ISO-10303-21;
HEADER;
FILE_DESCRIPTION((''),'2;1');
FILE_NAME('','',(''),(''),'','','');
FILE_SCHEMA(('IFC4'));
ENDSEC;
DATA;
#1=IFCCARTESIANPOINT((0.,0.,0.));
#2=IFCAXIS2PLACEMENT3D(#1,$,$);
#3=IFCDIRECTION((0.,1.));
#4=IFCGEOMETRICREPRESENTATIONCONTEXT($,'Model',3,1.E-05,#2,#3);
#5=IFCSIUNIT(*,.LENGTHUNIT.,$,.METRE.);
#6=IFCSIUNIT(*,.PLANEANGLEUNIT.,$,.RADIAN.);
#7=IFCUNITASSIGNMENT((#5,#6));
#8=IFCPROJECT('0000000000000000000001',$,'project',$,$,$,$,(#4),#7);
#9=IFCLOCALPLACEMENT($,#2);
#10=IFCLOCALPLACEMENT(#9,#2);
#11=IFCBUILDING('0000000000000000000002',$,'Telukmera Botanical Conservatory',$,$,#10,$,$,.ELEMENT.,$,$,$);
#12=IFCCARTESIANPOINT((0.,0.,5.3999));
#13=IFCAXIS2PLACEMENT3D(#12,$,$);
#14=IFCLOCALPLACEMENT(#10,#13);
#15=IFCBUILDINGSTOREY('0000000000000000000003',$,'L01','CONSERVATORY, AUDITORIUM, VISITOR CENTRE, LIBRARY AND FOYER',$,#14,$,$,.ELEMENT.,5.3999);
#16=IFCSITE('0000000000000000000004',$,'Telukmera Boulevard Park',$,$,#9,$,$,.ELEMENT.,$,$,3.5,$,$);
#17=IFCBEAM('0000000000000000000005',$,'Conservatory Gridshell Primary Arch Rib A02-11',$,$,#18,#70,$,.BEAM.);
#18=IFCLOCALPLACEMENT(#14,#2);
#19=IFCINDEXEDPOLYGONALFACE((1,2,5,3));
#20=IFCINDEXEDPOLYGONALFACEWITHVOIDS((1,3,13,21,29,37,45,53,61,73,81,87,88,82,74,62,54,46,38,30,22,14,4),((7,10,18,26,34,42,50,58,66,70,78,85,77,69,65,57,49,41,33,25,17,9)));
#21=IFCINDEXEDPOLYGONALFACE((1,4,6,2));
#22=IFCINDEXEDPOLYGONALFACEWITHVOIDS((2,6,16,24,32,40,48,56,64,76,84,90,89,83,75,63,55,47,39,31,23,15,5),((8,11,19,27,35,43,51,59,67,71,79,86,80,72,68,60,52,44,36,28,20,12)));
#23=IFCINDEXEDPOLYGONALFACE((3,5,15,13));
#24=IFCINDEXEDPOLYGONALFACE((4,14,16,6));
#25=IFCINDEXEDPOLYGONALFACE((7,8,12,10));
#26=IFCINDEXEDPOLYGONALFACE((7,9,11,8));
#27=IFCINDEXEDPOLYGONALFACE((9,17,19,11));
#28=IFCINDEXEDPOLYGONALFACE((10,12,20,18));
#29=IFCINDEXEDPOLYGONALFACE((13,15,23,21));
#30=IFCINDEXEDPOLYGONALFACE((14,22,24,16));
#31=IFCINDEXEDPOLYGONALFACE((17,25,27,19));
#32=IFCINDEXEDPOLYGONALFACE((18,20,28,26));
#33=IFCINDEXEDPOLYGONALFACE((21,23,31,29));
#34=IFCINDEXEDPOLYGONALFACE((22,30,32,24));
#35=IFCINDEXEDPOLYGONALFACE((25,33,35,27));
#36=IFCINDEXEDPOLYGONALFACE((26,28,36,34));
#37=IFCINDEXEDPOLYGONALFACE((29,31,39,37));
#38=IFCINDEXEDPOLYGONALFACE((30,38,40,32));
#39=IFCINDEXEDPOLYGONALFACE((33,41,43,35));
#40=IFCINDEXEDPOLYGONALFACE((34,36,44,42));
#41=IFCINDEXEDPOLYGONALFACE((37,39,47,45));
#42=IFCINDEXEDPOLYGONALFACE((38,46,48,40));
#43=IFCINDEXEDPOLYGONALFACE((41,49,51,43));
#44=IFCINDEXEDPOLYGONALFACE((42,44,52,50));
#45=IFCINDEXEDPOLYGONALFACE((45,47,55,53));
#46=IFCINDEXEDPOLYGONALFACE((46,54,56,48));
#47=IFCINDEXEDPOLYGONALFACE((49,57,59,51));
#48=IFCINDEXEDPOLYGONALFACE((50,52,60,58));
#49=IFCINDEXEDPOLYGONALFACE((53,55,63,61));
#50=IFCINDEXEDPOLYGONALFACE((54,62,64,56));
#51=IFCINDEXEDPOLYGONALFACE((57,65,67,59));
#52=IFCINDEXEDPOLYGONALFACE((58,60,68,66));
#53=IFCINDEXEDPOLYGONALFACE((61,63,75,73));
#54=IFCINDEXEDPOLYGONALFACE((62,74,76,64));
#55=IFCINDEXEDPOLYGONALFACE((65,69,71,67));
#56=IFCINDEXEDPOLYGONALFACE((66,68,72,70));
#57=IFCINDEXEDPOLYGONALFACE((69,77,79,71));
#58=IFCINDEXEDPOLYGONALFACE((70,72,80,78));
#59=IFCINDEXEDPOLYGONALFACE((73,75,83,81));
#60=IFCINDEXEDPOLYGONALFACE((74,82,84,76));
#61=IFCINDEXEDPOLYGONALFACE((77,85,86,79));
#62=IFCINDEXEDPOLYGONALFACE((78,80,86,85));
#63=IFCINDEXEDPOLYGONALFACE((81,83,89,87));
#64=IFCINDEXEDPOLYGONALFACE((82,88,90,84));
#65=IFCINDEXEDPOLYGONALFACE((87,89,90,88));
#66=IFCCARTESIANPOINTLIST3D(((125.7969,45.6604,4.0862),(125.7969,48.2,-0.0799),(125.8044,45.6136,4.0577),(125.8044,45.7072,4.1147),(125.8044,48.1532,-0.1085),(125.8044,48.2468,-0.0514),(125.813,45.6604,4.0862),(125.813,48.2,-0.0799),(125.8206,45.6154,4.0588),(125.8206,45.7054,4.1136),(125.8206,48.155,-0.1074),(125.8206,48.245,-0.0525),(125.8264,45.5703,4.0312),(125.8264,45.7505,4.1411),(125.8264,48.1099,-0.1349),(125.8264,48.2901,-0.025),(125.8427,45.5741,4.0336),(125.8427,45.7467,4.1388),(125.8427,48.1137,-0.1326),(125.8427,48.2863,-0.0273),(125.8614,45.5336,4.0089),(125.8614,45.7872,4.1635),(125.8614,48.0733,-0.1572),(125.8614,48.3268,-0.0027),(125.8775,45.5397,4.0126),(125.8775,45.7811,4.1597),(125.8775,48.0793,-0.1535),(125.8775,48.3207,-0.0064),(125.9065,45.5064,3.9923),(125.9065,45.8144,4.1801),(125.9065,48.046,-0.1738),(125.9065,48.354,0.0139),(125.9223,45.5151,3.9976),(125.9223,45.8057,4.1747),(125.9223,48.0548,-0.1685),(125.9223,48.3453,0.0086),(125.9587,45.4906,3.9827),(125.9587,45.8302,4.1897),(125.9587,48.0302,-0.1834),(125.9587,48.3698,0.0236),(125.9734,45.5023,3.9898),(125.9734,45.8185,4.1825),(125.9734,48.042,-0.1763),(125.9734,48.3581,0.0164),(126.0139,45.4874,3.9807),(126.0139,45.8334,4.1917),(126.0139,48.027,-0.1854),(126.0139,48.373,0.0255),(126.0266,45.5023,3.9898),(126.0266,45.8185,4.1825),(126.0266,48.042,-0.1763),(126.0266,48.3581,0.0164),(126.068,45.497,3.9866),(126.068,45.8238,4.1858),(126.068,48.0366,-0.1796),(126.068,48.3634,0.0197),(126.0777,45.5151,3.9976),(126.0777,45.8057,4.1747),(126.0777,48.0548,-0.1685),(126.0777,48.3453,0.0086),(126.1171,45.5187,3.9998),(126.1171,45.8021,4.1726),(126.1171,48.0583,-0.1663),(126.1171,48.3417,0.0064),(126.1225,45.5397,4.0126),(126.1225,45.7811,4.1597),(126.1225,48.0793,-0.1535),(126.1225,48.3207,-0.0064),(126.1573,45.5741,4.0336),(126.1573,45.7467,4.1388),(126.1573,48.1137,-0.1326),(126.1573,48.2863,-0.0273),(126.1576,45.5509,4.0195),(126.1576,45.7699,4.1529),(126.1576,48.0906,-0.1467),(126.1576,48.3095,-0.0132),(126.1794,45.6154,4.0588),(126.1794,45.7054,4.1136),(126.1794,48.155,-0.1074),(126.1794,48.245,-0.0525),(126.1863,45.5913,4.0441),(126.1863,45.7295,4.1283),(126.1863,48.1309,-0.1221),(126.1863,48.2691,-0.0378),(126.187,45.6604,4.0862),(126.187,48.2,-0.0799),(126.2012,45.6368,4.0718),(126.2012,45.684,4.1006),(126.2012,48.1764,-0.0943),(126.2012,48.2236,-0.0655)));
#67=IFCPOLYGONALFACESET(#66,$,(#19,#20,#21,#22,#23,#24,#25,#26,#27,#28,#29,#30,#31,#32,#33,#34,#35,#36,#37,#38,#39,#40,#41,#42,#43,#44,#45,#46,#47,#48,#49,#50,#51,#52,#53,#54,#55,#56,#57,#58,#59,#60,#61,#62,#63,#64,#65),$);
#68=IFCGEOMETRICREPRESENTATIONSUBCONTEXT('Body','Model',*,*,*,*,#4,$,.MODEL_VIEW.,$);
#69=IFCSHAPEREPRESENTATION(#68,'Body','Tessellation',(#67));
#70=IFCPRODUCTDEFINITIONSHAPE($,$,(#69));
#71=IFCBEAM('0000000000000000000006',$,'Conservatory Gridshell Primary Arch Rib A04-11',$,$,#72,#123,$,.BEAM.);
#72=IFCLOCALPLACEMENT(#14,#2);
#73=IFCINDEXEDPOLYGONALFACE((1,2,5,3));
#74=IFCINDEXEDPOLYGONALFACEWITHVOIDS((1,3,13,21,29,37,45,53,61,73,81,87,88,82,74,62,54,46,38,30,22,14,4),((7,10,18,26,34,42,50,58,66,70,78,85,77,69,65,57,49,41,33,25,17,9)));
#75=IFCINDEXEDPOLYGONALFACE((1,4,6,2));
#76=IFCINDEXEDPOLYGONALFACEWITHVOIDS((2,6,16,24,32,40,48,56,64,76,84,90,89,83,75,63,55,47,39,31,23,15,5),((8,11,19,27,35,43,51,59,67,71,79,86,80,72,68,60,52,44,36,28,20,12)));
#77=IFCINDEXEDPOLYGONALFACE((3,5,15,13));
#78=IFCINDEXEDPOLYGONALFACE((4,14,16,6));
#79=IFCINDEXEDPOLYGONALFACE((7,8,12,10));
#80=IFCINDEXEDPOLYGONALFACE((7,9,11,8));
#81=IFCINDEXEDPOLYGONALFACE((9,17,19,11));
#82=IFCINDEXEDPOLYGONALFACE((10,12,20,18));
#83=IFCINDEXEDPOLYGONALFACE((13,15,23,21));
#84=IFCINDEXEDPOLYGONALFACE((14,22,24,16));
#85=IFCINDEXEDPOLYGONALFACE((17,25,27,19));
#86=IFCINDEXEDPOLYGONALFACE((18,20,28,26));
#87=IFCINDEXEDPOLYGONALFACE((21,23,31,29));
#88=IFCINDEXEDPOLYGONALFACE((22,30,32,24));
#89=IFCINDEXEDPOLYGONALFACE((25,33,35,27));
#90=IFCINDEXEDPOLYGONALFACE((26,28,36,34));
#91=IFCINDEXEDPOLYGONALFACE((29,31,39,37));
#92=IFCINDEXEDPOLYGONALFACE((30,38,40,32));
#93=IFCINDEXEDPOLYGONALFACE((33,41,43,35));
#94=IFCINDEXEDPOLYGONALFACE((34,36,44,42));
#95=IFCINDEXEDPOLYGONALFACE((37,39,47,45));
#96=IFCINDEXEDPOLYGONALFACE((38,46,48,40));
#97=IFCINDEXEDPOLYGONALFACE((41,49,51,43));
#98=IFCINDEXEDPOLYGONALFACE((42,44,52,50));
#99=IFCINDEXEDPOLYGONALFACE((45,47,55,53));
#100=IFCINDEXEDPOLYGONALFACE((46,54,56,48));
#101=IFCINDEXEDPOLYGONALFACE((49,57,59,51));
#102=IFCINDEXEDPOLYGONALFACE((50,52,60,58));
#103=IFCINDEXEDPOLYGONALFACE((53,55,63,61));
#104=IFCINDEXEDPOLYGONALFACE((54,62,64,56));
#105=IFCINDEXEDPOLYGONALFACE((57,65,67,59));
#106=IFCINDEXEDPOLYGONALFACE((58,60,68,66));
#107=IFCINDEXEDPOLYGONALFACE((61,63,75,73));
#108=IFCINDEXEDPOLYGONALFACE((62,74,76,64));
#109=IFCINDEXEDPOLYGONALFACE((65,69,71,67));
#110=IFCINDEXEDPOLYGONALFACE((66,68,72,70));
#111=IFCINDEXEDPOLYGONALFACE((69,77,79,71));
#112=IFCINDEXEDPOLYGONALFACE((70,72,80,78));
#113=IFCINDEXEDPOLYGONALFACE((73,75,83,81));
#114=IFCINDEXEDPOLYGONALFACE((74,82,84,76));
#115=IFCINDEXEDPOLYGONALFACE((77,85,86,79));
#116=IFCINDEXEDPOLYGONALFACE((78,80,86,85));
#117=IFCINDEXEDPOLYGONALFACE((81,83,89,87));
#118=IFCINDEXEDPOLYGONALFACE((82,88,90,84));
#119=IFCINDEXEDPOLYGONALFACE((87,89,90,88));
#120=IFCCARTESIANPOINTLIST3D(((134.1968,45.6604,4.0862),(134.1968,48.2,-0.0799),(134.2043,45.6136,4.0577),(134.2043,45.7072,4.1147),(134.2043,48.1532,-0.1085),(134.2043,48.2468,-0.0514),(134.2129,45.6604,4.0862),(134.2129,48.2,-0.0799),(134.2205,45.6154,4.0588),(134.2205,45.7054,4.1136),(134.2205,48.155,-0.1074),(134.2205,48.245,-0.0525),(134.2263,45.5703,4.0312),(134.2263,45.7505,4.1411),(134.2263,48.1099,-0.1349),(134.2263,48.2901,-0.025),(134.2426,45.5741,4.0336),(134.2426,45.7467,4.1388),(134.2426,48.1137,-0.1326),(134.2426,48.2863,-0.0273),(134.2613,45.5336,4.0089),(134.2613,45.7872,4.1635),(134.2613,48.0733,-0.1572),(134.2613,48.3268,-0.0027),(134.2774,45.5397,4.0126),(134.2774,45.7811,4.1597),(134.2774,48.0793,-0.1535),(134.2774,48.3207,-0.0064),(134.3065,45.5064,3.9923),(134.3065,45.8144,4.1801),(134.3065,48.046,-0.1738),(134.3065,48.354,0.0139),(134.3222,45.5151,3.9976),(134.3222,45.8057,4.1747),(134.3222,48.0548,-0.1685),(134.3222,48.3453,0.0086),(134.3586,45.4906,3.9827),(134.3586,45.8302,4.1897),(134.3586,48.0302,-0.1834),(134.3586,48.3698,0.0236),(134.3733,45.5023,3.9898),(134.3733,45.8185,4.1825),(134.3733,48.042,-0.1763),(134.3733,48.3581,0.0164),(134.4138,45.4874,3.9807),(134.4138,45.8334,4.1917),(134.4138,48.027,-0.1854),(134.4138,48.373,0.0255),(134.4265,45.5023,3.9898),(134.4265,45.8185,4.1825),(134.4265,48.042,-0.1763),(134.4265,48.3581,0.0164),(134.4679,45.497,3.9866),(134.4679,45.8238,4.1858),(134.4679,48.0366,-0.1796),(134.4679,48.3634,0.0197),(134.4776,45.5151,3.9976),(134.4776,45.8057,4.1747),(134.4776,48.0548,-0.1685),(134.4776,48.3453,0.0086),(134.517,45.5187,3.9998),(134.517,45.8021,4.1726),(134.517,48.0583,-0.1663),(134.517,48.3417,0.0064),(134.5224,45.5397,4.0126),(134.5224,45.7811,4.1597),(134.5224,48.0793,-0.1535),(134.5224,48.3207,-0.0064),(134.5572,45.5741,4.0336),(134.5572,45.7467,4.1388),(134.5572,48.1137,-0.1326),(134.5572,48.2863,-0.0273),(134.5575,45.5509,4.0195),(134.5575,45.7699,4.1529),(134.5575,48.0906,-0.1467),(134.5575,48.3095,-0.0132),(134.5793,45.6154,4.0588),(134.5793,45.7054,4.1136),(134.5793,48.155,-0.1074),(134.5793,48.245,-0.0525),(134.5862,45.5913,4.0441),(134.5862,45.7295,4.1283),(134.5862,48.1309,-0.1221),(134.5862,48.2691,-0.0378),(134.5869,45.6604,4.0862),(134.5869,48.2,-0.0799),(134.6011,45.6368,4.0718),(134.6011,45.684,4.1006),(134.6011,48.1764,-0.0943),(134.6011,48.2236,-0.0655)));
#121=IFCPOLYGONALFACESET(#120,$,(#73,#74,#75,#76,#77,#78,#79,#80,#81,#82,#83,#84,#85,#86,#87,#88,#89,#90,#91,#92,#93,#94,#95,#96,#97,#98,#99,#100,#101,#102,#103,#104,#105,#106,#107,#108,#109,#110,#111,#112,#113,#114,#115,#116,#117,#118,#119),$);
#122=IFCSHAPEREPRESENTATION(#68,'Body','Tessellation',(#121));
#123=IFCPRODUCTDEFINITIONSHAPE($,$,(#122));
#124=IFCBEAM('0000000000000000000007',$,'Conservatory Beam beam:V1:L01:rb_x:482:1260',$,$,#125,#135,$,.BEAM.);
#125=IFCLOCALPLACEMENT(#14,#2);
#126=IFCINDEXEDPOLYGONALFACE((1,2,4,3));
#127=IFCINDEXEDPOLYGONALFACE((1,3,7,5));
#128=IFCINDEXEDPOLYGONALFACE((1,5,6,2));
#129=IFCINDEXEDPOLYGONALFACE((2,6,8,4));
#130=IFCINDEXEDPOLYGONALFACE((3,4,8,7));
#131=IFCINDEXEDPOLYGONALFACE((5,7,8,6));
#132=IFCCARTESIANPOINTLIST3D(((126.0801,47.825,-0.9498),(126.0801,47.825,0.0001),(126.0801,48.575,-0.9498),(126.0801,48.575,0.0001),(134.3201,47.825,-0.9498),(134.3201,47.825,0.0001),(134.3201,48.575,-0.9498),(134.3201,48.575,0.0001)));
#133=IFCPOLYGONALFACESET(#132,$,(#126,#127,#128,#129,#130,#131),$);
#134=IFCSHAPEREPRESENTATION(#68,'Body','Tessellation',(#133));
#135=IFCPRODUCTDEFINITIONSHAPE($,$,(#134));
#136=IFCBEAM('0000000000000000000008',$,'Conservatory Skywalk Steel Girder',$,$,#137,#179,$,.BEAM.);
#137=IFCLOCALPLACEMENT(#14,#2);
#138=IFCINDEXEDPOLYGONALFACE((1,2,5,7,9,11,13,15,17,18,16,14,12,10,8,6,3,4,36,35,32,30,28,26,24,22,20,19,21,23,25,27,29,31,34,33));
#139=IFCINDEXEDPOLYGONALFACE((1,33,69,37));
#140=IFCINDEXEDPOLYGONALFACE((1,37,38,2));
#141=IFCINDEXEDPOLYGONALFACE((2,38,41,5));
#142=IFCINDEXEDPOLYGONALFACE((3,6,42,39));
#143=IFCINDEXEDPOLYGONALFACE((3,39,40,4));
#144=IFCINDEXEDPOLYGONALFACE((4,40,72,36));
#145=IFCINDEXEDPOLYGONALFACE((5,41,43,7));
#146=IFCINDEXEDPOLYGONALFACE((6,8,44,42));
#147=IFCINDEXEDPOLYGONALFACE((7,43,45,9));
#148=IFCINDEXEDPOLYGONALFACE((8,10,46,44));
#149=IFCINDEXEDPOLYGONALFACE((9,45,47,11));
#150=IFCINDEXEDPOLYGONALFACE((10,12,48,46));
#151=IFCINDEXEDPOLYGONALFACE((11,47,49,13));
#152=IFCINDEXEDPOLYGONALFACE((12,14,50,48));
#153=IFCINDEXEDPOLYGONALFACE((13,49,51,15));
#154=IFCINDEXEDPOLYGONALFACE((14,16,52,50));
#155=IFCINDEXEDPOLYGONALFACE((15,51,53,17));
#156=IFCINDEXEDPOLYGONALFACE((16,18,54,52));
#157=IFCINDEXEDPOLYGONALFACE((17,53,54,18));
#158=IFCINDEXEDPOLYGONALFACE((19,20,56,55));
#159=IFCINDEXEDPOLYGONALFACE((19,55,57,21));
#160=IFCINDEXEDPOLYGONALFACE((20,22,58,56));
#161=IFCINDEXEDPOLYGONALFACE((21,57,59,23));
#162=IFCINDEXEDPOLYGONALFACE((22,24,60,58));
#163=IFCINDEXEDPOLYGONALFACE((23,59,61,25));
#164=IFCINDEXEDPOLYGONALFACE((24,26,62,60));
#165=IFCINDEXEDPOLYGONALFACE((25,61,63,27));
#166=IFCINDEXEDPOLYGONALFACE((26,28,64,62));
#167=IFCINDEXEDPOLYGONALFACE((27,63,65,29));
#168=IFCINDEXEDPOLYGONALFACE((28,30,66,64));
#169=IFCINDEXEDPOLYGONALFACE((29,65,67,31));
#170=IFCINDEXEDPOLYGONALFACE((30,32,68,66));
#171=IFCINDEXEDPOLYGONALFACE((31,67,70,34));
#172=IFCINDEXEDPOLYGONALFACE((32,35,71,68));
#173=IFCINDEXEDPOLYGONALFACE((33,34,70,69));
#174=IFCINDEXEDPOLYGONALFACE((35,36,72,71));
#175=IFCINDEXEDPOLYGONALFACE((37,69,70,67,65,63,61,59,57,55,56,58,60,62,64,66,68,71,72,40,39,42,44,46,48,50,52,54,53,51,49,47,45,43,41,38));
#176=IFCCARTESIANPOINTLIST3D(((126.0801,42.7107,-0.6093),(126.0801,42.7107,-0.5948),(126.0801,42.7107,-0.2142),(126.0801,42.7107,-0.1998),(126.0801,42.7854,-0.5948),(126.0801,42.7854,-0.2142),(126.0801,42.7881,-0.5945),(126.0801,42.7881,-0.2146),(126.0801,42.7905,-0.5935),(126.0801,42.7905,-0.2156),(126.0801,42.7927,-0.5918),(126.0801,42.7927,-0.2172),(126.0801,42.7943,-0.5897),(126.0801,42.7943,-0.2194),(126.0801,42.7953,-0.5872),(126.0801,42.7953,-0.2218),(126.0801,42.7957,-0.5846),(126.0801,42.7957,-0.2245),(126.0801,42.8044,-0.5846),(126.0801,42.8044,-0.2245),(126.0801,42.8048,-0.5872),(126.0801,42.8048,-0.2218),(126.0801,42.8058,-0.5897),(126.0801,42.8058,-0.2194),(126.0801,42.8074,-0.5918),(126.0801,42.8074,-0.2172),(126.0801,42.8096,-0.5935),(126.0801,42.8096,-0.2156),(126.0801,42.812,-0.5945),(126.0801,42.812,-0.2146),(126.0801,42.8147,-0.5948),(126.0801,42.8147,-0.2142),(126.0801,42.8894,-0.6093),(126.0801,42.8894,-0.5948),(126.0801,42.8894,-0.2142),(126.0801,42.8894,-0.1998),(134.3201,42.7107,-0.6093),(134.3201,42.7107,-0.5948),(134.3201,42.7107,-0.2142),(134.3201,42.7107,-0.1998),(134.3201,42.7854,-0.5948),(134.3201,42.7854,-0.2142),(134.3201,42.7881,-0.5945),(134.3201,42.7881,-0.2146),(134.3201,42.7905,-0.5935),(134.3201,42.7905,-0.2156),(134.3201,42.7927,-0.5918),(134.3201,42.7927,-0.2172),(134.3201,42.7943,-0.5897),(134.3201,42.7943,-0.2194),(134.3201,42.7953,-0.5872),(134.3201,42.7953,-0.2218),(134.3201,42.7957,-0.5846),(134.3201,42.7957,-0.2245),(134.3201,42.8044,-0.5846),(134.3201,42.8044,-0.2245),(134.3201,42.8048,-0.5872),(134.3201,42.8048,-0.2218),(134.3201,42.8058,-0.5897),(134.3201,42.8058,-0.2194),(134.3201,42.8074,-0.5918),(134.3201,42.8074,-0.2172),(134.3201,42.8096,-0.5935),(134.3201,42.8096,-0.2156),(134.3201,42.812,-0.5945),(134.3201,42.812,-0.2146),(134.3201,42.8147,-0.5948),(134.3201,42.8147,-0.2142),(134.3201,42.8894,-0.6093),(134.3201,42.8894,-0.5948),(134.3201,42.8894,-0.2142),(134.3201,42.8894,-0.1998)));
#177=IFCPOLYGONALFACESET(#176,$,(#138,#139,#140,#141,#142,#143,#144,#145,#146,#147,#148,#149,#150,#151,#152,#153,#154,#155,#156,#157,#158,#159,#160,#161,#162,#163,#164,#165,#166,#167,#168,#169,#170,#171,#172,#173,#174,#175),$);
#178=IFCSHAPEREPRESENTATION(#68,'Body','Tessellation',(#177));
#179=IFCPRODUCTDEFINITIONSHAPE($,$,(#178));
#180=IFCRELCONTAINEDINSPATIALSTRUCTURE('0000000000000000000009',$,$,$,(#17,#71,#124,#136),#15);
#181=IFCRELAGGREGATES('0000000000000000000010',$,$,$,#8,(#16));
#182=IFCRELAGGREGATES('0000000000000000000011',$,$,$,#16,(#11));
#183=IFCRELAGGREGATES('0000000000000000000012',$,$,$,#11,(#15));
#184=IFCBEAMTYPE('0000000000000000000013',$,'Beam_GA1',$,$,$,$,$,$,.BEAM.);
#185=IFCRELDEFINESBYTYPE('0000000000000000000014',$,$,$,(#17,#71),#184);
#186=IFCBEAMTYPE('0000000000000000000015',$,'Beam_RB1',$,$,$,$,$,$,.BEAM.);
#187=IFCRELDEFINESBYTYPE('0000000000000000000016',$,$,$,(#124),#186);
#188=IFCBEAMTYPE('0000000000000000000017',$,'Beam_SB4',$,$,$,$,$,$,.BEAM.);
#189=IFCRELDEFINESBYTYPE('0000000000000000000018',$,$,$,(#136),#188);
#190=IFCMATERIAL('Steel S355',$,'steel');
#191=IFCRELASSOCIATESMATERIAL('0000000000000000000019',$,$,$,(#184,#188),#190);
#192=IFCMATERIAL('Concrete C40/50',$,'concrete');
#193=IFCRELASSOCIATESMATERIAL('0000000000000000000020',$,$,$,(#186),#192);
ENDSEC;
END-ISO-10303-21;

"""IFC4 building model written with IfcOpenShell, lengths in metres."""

from ifc_helpers import new_model, si_unit, direction, frame, origin, origin_2d, place, context, subcontext, project, spatial, rectangle, hollow_circle, i_section, extrude, material, material_profile, profile_set, type_object, element, save


model = new_model("IFC4")

# Units and contexts
model_context = context("Model", 3, precision=1e-05, world=origin(), true_north=direction((0.0, 1.0)))
body_context = subcontext(model_context, "Body", "Model", "MODEL_VIEW")
ifc_project = project(units=[si_unit("LENGTHUNIT", "METRE"), si_unit("PLANEANGLEUNIT", "RADIAN")], contexts=[model_context])

# Site, building, storey
site_placement = place(None, origin())
site = spatial("IfcSite", under=ifc_project, at=site_placement, Name="Telukmera Boulevard Park", CompositionType="ELEMENT", RefElevation=3.5)
building_placement = place(site_placement, origin())
building = spatial("IfcBuilding", under=site, at=building_placement, Name="Telukmera Botanical Conservatory", CompositionType="ELEMENT")
storey_placement = place(building_placement, frame((0.0, 0.0, 5.3999)))
storey = spatial("IfcBuildingStorey", under=building, at=storey_placement, Name="L01", Description="CONSERVATORY, AUDITORIUM, VISITOR CENTRE, LIBRARY AND FOYER", CompositionType="ELEMENT", Elevation=5.3999)

# Beams
ifc_material_1 = material(Name="Steel S355", Category="steel")
ifc_material_profile_1 = material_profile(ifc_material_1, hollow_circle(Radius=0.2031, WallThickness=0.0161, at=origin_2d()), Name="CHS 406.4x16.0")
ifc_profile_set_1 = profile_set([ifc_material_profile_1], Name="Steel S355")
beam_type_1 = type_object("IfcBeamType", Name="Beam_GA1", PredefinedType="BEAM", material=ifc_profile_set_1)
for number, where, z_axis, x_axis, name in (
    (1, (126.0, 45.6604, 4.0862), (0.0, 0.520502, -0.85386), (-1.0, 0.0, 0.0), "Conservatory Gridshell Primary Arch Rib A02-11"),
    (2, (134.3999, 45.6604, 4.0862), (0.0, 0.520502, -0.85386), (-1.0, 0.0, 0.0), "Conservatory Gridshell Primary Arch Rib A04-11"),
):
    element("IfcBeam", number, at=place(storey_placement, frame(where, z_axis=z_axis, x_axis=x_axis)), inside=storey, type_object=beam_type_1, Name=name, PredefinedType="BEAM", context=body_context, shape_type="SweptSolid", body=[
        extrude(hollow_circle(Radius=0.2031, WallThickness=0.0161, at=origin_2d()), origin(), (0.0, 0.0, 1.0), 4.8792),
    ])
ifc_material_2 = material(Name="Concrete C40/50", Category="concrete")
ifc_material_profile_2 = material_profile(ifc_material_2, rectangle(XDim=0.75, YDim=0.95, at=origin_2d()), Name="RC 750x950")
ifc_profile_set_2 = profile_set([ifc_material_profile_2], Name="Concrete C40/50")
beam_type_2 = type_object("IfcBeamType", Name="Beam_RB1", PredefinedType="BEAM", material=ifc_profile_set_2)
beam_1_placement = place(storey_placement, frame((126.0801, 48.2, -0.4749), z_axis=(1.0, 0.0, 0.0), x_axis=(0.0, 1.0, 0.0)))
element("IfcBeam", 3, at=beam_1_placement, inside=storey, type_object=beam_type_2, Name="Conservatory Beam beam:V1:L01:rb_x:482:1260", PredefinedType="BEAM", context=body_context, shape_type="SweptSolid", body=[
    extrude(rectangle(XDim=0.75, YDim=0.95, at=origin_2d()), origin(), (0.0, 0.0, 1.0), 8.24),
])
ifc_material_profile_3 = material_profile(ifc_material_1, i_section(OverallWidth=0.1787, OverallDepth=0.4094, WebThickness=0.0088, FlangeThickness=0.0144, FilletRadius=0.0103, at=origin_2d()), Name="UB 406x178x67")
ifc_profile_set_3 = profile_set([ifc_material_profile_3], Name="Steel S355")
beam_type_3 = type_object("IfcBeamType", Name="Beam_SB4", PredefinedType="BEAM", material=ifc_profile_set_3)
beam_2_placement = place(storey_placement, frame((126.0801, 42.8, -0.4045), z_axis=(1.0, 0.0, 0.0), x_axis=(0.0, 1.0, 0.0)))
element("IfcBeam", 4, at=beam_2_placement, inside=storey, type_object=beam_type_3, Name="Conservatory Skywalk Steel Girder", PredefinedType="BEAM", context=body_context, shape_type="SweptSolid", body=[
    extrude(i_section(OverallWidth=0.1787, OverallDepth=0.4094, WebThickness=0.0088, FlangeThickness=0.0144, FilletRadius=0.0103, at=origin_2d()), origin(), (0.0, 0.0, 1.0), 8.24),
])

save(model, "model.ifc")
